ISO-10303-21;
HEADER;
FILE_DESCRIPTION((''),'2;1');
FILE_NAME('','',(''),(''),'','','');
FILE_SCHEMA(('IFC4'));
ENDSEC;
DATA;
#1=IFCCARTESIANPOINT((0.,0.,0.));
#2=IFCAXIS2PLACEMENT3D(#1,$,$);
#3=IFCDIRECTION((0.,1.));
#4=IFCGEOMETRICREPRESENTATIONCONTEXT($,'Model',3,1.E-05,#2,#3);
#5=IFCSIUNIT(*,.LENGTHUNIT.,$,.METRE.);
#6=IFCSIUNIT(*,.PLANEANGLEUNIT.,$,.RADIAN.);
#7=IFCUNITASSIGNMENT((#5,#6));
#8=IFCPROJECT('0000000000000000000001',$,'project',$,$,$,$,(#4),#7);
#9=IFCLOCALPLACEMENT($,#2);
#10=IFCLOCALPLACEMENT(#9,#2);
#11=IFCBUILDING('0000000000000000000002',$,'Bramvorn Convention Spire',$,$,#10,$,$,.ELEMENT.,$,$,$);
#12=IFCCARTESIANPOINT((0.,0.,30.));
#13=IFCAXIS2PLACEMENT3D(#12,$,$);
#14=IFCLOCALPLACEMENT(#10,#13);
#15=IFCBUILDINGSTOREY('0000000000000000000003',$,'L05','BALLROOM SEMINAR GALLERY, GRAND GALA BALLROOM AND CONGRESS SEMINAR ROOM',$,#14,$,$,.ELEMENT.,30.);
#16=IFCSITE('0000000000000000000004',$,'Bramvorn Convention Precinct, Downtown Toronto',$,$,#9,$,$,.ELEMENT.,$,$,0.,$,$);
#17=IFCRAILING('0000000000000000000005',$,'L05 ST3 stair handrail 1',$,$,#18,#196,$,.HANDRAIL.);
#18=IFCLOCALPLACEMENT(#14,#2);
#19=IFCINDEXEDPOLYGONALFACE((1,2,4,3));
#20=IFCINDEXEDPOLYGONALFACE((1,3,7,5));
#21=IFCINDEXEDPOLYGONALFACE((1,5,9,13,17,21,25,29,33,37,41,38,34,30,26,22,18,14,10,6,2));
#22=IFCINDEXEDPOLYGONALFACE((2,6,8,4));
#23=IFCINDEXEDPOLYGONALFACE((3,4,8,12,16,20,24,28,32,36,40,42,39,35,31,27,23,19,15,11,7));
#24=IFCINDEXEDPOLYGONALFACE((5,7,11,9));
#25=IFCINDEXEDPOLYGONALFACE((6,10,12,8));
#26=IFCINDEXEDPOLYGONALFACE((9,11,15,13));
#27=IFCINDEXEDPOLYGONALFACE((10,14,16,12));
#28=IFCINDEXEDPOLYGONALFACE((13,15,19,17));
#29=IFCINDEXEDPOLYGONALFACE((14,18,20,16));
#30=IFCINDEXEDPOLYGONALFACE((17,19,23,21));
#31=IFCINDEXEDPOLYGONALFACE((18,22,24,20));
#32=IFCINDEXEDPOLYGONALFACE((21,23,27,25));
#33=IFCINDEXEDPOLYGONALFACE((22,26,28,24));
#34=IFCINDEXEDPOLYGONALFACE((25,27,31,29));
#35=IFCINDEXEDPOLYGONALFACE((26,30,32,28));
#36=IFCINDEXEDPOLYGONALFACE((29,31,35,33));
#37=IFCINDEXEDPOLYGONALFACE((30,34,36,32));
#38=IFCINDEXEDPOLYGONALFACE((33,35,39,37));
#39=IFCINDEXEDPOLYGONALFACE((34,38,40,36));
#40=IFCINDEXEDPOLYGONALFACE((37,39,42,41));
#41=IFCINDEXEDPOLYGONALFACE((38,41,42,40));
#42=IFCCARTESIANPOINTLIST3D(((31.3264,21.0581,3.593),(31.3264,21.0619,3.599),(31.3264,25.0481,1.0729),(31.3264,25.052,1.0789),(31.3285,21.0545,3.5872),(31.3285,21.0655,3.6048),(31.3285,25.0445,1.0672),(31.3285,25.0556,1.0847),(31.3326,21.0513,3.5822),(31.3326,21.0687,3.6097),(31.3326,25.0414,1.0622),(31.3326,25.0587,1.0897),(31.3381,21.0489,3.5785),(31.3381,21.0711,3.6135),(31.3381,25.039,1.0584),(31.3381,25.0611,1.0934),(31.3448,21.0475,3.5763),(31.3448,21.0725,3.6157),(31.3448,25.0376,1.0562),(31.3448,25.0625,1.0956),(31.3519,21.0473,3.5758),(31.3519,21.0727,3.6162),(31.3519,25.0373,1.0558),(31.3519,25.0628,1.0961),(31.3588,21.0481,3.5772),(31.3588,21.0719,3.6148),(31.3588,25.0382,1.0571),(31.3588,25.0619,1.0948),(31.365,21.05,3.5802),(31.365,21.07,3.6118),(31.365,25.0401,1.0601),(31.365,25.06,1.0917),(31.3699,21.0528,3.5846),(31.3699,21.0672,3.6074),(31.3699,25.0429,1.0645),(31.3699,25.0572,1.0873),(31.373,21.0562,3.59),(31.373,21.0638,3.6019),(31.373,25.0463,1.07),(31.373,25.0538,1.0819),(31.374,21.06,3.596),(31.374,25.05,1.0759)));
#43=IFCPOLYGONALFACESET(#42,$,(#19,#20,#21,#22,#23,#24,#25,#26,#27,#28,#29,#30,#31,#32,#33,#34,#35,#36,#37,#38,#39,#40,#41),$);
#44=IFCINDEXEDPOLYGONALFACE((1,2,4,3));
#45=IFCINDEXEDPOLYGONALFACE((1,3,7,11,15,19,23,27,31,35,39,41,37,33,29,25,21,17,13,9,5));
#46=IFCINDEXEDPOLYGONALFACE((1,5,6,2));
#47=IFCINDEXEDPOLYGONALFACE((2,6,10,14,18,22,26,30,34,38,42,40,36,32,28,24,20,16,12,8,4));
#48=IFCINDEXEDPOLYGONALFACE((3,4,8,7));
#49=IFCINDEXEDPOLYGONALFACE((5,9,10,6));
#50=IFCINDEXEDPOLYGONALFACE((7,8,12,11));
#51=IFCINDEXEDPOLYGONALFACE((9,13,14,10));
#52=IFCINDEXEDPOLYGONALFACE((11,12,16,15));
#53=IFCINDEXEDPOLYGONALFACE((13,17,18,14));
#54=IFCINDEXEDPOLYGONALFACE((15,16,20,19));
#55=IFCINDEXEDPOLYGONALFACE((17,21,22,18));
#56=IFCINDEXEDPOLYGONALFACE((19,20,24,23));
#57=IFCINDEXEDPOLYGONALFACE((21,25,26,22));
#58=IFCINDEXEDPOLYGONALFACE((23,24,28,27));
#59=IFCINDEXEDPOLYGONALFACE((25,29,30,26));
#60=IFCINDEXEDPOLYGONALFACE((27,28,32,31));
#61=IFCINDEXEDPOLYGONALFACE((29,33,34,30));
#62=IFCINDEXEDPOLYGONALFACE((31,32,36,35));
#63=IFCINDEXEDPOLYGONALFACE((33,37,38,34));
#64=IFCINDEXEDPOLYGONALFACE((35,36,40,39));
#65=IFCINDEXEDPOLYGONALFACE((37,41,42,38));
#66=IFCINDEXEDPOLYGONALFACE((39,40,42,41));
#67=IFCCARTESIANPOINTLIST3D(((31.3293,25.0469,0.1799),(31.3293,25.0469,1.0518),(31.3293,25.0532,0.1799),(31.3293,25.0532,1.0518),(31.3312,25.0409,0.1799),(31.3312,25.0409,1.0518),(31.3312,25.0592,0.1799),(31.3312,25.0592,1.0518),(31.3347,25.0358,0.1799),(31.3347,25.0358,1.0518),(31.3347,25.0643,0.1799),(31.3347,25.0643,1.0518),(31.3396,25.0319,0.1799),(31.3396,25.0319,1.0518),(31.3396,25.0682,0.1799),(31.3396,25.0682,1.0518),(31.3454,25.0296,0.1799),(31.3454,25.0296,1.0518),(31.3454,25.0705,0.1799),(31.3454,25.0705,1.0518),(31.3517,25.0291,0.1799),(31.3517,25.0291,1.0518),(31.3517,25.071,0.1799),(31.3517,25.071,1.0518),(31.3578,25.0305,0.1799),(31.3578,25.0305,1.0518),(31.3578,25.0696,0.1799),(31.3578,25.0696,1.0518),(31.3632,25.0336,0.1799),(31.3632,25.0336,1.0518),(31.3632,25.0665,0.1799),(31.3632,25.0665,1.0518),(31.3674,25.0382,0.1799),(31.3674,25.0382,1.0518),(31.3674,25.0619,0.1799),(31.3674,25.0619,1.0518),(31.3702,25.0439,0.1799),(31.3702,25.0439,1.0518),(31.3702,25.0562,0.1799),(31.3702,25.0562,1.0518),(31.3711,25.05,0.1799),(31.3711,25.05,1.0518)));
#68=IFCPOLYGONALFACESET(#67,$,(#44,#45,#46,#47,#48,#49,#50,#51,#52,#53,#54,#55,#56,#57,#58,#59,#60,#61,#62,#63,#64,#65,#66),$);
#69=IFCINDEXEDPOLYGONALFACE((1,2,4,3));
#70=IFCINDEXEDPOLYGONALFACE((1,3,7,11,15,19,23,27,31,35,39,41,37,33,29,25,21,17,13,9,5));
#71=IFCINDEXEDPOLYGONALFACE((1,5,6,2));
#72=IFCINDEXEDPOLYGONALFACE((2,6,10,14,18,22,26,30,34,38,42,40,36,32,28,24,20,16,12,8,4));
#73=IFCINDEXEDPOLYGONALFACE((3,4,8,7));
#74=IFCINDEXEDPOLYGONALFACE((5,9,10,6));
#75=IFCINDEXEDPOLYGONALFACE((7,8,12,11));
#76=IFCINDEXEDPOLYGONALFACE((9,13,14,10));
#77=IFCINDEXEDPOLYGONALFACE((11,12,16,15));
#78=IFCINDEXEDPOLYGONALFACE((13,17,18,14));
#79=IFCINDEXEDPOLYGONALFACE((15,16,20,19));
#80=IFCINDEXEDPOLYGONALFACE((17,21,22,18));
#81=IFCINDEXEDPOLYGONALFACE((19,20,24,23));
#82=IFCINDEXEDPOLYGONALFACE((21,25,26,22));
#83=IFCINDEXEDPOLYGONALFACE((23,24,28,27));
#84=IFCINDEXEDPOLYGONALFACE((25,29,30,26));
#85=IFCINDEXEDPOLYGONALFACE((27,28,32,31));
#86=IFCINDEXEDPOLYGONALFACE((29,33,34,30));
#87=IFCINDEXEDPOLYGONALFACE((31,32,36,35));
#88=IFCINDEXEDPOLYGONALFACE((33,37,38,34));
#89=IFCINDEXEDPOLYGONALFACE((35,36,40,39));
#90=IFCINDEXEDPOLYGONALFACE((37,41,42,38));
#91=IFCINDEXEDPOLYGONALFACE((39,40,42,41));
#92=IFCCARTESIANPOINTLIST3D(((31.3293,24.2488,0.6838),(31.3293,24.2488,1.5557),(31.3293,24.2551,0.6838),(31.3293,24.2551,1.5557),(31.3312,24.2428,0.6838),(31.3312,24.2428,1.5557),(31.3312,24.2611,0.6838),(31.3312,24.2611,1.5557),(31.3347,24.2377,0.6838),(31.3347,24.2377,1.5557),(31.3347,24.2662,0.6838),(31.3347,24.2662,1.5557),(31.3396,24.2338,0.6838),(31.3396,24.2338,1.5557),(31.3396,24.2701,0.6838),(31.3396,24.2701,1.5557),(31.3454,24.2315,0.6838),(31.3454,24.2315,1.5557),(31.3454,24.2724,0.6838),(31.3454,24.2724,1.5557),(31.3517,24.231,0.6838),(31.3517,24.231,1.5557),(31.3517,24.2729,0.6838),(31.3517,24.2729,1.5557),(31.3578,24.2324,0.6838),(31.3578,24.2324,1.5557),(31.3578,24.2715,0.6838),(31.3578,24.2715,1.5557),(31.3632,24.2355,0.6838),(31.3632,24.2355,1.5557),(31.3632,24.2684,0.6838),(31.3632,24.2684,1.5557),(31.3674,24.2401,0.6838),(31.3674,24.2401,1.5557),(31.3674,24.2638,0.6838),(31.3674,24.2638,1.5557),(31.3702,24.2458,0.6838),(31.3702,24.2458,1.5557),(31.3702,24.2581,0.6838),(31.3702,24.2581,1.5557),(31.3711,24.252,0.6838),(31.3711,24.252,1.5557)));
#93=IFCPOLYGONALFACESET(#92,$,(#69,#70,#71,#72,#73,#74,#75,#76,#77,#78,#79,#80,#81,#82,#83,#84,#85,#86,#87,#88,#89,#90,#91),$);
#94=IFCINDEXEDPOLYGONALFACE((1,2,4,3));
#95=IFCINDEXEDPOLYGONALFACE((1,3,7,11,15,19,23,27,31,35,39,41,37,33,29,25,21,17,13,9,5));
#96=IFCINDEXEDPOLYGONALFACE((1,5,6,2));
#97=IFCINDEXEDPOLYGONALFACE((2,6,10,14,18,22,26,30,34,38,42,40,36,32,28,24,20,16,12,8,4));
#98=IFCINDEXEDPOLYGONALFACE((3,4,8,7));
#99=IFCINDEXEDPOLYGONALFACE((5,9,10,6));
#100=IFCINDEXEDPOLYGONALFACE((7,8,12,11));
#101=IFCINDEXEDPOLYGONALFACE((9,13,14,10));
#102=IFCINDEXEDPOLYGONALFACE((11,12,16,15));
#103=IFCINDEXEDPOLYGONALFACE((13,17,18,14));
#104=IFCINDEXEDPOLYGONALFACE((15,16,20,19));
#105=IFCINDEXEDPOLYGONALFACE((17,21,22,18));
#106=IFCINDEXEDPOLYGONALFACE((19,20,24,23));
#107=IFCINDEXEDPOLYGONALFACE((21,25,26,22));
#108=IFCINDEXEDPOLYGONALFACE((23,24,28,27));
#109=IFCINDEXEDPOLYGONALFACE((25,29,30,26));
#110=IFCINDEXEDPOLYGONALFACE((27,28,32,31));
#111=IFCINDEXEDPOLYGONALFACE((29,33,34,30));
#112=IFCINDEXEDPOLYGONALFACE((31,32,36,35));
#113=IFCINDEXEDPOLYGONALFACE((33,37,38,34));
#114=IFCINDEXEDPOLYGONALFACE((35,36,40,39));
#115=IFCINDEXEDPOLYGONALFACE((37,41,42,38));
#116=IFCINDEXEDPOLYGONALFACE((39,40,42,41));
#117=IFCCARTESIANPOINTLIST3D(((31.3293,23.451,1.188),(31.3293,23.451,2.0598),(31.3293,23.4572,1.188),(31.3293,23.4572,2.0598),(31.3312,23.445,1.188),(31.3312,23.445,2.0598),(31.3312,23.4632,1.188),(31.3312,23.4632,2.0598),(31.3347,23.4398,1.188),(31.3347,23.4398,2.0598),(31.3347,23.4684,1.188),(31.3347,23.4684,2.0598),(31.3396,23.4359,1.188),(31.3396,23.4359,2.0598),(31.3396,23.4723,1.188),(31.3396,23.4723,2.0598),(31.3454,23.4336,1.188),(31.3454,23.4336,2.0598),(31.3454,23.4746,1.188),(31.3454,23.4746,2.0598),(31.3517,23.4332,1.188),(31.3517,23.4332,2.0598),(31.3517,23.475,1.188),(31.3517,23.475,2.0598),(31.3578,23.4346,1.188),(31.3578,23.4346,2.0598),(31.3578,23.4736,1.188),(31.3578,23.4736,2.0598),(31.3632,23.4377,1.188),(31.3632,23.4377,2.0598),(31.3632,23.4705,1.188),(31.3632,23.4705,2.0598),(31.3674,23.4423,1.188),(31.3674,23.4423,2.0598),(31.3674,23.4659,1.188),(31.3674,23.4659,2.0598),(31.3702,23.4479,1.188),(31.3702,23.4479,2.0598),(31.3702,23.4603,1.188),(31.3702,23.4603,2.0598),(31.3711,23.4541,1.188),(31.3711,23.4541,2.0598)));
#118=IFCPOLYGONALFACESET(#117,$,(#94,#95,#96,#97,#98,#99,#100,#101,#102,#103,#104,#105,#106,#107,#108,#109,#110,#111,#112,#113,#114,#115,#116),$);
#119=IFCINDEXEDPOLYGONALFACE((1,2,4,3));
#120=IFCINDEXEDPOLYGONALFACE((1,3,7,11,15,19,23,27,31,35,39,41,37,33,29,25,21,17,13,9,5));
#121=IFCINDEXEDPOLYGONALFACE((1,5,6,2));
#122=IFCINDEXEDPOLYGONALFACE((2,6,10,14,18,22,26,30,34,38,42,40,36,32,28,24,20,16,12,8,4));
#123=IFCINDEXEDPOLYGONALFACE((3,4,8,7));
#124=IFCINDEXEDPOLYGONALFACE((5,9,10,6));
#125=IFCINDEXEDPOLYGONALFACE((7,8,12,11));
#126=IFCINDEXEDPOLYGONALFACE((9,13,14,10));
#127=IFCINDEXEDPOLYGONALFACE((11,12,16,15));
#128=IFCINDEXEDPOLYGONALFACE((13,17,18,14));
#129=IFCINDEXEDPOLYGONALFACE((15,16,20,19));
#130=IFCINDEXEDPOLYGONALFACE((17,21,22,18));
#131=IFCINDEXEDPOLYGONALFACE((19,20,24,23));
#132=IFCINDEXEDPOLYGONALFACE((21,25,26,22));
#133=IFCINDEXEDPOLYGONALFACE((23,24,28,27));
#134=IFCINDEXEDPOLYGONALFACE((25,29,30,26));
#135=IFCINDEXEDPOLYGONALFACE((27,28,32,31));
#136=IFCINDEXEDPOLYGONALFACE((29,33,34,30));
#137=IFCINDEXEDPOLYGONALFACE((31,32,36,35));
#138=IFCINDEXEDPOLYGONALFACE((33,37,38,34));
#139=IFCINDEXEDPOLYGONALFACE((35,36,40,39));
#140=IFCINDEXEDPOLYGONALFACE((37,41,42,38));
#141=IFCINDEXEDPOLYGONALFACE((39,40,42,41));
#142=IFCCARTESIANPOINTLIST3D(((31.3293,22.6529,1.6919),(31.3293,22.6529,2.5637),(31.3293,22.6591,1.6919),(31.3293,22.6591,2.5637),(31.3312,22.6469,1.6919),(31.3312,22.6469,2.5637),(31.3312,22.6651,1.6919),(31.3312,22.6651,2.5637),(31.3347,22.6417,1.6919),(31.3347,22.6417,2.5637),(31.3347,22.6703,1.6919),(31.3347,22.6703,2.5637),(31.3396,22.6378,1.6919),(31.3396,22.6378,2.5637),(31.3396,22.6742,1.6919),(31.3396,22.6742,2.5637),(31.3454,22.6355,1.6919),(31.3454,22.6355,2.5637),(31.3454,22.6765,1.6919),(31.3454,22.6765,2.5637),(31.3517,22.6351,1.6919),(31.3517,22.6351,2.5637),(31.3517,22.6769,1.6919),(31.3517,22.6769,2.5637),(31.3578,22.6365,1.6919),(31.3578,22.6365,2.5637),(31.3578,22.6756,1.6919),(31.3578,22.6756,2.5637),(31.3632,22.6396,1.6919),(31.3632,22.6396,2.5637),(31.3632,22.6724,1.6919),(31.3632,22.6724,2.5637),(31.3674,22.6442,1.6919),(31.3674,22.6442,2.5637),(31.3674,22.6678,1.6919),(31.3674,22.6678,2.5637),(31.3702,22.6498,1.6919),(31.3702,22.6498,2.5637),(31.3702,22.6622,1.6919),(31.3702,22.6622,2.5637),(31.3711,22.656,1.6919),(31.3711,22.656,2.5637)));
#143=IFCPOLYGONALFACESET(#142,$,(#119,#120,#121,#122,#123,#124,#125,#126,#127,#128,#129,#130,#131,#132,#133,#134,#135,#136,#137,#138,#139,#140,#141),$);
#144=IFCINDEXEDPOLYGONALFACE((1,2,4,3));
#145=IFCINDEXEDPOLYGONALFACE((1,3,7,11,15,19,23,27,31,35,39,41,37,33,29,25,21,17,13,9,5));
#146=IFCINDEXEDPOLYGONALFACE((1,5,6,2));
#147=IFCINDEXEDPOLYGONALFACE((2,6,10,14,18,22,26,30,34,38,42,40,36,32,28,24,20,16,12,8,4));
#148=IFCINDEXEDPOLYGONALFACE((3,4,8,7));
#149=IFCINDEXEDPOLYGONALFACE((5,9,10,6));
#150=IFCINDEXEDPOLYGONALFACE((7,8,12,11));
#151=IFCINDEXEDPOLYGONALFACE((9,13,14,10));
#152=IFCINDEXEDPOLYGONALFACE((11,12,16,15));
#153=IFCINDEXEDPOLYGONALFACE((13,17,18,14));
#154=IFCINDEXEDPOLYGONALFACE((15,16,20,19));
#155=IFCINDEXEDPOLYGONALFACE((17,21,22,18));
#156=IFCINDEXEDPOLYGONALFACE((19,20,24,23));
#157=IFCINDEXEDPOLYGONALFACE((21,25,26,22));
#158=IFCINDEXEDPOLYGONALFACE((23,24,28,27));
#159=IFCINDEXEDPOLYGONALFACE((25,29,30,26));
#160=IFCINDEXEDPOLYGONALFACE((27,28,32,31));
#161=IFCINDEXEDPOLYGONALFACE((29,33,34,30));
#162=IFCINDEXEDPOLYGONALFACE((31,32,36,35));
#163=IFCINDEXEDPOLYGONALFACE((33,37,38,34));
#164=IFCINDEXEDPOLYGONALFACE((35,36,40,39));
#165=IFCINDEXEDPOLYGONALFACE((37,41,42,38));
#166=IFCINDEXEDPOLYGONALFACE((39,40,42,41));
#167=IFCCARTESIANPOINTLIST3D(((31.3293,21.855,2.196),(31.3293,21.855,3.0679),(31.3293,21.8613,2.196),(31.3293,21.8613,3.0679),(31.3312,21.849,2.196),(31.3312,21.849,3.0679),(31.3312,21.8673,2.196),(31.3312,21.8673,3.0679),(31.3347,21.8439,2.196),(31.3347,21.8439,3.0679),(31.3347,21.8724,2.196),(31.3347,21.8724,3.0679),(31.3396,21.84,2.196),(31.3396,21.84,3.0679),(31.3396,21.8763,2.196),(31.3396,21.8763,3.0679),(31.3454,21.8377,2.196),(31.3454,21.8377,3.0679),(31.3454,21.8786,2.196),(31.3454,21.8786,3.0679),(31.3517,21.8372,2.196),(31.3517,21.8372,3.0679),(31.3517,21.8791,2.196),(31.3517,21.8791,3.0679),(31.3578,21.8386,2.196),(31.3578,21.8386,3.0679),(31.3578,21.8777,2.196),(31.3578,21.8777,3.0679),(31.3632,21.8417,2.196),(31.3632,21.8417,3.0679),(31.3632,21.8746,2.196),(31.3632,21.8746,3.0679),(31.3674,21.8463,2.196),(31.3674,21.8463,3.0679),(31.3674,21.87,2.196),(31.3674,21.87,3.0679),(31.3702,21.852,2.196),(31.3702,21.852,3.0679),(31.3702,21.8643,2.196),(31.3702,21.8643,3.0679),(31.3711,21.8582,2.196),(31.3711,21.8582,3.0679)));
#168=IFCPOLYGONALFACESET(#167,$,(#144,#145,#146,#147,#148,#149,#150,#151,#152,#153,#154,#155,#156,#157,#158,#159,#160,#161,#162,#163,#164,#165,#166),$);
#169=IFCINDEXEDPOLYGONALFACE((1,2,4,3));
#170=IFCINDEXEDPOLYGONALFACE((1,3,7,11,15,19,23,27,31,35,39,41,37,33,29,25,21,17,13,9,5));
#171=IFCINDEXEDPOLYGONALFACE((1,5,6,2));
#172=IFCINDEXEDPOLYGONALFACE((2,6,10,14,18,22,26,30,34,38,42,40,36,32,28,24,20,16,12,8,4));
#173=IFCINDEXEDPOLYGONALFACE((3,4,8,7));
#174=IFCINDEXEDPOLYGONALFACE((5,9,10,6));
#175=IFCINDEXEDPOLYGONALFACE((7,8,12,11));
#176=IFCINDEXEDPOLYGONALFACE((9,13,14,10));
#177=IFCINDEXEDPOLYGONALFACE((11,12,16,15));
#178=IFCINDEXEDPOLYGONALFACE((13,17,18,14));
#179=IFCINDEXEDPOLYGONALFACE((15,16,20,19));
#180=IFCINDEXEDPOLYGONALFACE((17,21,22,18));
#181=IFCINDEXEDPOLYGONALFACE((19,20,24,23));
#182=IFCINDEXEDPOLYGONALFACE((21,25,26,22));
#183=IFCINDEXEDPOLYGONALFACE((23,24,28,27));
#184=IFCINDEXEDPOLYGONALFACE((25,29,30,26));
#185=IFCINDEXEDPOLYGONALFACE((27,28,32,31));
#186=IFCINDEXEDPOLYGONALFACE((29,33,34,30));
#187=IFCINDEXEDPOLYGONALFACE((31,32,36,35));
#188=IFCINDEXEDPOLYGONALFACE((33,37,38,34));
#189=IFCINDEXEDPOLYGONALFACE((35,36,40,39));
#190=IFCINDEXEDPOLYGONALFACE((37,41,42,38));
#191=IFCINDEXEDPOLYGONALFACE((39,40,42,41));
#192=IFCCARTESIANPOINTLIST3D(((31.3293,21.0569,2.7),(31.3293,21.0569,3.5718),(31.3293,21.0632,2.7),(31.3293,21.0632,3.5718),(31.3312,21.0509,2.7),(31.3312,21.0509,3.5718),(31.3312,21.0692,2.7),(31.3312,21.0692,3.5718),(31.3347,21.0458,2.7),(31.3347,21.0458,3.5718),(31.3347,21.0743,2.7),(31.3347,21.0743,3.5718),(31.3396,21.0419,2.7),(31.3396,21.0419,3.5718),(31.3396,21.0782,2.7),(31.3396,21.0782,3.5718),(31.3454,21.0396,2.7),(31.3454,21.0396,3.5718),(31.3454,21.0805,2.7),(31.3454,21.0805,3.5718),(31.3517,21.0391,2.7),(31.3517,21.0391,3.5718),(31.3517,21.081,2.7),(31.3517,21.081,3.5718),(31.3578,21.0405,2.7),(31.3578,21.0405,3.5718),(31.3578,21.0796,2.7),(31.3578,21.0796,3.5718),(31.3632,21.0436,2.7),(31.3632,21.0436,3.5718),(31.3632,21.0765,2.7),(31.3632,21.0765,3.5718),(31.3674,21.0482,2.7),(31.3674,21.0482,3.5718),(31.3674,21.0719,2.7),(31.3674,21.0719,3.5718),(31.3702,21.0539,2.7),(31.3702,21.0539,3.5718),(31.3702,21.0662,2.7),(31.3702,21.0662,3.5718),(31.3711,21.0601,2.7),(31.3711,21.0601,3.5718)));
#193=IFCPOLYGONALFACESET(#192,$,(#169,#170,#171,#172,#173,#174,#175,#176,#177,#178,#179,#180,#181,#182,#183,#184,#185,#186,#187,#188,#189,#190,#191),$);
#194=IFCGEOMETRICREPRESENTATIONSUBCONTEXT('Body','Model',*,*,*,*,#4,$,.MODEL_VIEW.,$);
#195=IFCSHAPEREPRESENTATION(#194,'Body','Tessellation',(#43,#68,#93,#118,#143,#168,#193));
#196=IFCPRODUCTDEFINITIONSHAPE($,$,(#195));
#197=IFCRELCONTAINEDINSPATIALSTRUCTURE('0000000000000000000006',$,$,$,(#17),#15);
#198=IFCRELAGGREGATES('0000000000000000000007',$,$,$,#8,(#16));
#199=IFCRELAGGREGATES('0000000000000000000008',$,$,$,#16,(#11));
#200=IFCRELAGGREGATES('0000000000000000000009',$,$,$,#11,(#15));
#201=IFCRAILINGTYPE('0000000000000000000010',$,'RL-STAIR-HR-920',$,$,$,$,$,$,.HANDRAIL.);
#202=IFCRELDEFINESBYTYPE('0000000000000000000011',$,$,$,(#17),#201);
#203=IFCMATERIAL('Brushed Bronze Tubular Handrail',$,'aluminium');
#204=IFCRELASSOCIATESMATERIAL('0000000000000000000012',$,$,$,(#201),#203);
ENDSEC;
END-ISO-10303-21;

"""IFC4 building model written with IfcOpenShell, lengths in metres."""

from ifc_helpers import new_model, si_unit, direction, frame, origin, origin_2d, place, context, subcontext, project, spatial, circle, extrude, material, type_object, element, save


model = new_model("IFC4")

# Units and contexts
model_context = context("Model", 3, precision=1e-05, world=origin(), true_north=direction((0.0, 1.0)))
body_context = subcontext(model_context, "Body", "Model", "MODEL_VIEW")
ifc_project = project(units=[si_unit("LENGTHUNIT", "METRE"), si_unit("PLANEANGLEUNIT", "RADIAN")], contexts=[model_context])

# Site, building, storey
site_placement = place(None, origin())
site = spatial("IfcSite", under=ifc_project, at=site_placement, Name="Bramvorn Convention Precinct, Downtown Toronto", CompositionType="ELEMENT", RefElevation=0.0)
building_placement = place(site_placement, origin())
building = spatial("IfcBuilding", under=site, at=building_placement, Name="Bramvorn Convention Spire", CompositionType="ELEMENT")
storey_placement = place(building_placement, frame((0.0, 0.0, 30.0)))
storey = spatial("IfcBuildingStorey", under=building, at=storey_placement, Name="L05", Description="BALLROOM SEMINAR GALLERY, GRAND GALA BALLROOM AND CONGRESS SEMINAR ROOM", CompositionType="ELEMENT", Elevation=30.0)

# Railing
ifc_material_1 = material(Name="Brushed Bronze Tubular Handrail", Category="aluminium")
railing_type_1 = type_object("IfcRailingType", Name="RL-STAIR-HR-920", PredefinedType="HANDRAIL", material=ifc_material_1)
for number, where, name in (
    (1, (31.3501, 25.05, 0.1799), "L05 ST3 stair handrail 1"),
):
    element("IfcRailing", number, at=place(storey_placement, frame(where)), inside=storey, type_object=railing_type_1, Name=name, PredefinedType="HANDRAIL", context=body_context, shape_type="SweptSolid", body=[
        extrude(circle(Radius=0.0239, at=origin_2d()), frame((0.0, 0.0, 0.896), z_axis=(0.0, -0.845486, 0.533997), x_axis=(1.0, 0.0, 0.0)), (0.0, 0.0, 1.0), 4.7192),
        extrude(circle(Radius=0.021, at=origin_2d()), origin(), (0.0, 0.0, 1.0), 0.8718),
        extrude(circle(Radius=0.021, at=origin_2d()), frame((0.0, -0.7981, 0.5039)), (0.0, 0.0, 1.0), 0.8718),
        extrude(circle(Radius=0.021, at=origin_2d()), frame((0.0, -1.5959, 1.0081)), (0.0, 0.0, 1.0), 0.8718),
        extrude(circle(Radius=0.021, at=origin_2d()), frame((0.0, -2.394, 1.512)), (0.0, 0.0, 1.0), 0.8718),
        extrude(circle(Radius=0.021, at=origin_2d()), frame((0.0, -3.1919, 2.0161)), (0.0, 0.0, 1.0), 0.8718),
        extrude(circle(Radius=0.021, at=origin_2d()), frame((0.0, -3.99, 2.52)), (0.0, 0.0, 1.0), 0.8718),
    ])

save(model, "model.ifc")
